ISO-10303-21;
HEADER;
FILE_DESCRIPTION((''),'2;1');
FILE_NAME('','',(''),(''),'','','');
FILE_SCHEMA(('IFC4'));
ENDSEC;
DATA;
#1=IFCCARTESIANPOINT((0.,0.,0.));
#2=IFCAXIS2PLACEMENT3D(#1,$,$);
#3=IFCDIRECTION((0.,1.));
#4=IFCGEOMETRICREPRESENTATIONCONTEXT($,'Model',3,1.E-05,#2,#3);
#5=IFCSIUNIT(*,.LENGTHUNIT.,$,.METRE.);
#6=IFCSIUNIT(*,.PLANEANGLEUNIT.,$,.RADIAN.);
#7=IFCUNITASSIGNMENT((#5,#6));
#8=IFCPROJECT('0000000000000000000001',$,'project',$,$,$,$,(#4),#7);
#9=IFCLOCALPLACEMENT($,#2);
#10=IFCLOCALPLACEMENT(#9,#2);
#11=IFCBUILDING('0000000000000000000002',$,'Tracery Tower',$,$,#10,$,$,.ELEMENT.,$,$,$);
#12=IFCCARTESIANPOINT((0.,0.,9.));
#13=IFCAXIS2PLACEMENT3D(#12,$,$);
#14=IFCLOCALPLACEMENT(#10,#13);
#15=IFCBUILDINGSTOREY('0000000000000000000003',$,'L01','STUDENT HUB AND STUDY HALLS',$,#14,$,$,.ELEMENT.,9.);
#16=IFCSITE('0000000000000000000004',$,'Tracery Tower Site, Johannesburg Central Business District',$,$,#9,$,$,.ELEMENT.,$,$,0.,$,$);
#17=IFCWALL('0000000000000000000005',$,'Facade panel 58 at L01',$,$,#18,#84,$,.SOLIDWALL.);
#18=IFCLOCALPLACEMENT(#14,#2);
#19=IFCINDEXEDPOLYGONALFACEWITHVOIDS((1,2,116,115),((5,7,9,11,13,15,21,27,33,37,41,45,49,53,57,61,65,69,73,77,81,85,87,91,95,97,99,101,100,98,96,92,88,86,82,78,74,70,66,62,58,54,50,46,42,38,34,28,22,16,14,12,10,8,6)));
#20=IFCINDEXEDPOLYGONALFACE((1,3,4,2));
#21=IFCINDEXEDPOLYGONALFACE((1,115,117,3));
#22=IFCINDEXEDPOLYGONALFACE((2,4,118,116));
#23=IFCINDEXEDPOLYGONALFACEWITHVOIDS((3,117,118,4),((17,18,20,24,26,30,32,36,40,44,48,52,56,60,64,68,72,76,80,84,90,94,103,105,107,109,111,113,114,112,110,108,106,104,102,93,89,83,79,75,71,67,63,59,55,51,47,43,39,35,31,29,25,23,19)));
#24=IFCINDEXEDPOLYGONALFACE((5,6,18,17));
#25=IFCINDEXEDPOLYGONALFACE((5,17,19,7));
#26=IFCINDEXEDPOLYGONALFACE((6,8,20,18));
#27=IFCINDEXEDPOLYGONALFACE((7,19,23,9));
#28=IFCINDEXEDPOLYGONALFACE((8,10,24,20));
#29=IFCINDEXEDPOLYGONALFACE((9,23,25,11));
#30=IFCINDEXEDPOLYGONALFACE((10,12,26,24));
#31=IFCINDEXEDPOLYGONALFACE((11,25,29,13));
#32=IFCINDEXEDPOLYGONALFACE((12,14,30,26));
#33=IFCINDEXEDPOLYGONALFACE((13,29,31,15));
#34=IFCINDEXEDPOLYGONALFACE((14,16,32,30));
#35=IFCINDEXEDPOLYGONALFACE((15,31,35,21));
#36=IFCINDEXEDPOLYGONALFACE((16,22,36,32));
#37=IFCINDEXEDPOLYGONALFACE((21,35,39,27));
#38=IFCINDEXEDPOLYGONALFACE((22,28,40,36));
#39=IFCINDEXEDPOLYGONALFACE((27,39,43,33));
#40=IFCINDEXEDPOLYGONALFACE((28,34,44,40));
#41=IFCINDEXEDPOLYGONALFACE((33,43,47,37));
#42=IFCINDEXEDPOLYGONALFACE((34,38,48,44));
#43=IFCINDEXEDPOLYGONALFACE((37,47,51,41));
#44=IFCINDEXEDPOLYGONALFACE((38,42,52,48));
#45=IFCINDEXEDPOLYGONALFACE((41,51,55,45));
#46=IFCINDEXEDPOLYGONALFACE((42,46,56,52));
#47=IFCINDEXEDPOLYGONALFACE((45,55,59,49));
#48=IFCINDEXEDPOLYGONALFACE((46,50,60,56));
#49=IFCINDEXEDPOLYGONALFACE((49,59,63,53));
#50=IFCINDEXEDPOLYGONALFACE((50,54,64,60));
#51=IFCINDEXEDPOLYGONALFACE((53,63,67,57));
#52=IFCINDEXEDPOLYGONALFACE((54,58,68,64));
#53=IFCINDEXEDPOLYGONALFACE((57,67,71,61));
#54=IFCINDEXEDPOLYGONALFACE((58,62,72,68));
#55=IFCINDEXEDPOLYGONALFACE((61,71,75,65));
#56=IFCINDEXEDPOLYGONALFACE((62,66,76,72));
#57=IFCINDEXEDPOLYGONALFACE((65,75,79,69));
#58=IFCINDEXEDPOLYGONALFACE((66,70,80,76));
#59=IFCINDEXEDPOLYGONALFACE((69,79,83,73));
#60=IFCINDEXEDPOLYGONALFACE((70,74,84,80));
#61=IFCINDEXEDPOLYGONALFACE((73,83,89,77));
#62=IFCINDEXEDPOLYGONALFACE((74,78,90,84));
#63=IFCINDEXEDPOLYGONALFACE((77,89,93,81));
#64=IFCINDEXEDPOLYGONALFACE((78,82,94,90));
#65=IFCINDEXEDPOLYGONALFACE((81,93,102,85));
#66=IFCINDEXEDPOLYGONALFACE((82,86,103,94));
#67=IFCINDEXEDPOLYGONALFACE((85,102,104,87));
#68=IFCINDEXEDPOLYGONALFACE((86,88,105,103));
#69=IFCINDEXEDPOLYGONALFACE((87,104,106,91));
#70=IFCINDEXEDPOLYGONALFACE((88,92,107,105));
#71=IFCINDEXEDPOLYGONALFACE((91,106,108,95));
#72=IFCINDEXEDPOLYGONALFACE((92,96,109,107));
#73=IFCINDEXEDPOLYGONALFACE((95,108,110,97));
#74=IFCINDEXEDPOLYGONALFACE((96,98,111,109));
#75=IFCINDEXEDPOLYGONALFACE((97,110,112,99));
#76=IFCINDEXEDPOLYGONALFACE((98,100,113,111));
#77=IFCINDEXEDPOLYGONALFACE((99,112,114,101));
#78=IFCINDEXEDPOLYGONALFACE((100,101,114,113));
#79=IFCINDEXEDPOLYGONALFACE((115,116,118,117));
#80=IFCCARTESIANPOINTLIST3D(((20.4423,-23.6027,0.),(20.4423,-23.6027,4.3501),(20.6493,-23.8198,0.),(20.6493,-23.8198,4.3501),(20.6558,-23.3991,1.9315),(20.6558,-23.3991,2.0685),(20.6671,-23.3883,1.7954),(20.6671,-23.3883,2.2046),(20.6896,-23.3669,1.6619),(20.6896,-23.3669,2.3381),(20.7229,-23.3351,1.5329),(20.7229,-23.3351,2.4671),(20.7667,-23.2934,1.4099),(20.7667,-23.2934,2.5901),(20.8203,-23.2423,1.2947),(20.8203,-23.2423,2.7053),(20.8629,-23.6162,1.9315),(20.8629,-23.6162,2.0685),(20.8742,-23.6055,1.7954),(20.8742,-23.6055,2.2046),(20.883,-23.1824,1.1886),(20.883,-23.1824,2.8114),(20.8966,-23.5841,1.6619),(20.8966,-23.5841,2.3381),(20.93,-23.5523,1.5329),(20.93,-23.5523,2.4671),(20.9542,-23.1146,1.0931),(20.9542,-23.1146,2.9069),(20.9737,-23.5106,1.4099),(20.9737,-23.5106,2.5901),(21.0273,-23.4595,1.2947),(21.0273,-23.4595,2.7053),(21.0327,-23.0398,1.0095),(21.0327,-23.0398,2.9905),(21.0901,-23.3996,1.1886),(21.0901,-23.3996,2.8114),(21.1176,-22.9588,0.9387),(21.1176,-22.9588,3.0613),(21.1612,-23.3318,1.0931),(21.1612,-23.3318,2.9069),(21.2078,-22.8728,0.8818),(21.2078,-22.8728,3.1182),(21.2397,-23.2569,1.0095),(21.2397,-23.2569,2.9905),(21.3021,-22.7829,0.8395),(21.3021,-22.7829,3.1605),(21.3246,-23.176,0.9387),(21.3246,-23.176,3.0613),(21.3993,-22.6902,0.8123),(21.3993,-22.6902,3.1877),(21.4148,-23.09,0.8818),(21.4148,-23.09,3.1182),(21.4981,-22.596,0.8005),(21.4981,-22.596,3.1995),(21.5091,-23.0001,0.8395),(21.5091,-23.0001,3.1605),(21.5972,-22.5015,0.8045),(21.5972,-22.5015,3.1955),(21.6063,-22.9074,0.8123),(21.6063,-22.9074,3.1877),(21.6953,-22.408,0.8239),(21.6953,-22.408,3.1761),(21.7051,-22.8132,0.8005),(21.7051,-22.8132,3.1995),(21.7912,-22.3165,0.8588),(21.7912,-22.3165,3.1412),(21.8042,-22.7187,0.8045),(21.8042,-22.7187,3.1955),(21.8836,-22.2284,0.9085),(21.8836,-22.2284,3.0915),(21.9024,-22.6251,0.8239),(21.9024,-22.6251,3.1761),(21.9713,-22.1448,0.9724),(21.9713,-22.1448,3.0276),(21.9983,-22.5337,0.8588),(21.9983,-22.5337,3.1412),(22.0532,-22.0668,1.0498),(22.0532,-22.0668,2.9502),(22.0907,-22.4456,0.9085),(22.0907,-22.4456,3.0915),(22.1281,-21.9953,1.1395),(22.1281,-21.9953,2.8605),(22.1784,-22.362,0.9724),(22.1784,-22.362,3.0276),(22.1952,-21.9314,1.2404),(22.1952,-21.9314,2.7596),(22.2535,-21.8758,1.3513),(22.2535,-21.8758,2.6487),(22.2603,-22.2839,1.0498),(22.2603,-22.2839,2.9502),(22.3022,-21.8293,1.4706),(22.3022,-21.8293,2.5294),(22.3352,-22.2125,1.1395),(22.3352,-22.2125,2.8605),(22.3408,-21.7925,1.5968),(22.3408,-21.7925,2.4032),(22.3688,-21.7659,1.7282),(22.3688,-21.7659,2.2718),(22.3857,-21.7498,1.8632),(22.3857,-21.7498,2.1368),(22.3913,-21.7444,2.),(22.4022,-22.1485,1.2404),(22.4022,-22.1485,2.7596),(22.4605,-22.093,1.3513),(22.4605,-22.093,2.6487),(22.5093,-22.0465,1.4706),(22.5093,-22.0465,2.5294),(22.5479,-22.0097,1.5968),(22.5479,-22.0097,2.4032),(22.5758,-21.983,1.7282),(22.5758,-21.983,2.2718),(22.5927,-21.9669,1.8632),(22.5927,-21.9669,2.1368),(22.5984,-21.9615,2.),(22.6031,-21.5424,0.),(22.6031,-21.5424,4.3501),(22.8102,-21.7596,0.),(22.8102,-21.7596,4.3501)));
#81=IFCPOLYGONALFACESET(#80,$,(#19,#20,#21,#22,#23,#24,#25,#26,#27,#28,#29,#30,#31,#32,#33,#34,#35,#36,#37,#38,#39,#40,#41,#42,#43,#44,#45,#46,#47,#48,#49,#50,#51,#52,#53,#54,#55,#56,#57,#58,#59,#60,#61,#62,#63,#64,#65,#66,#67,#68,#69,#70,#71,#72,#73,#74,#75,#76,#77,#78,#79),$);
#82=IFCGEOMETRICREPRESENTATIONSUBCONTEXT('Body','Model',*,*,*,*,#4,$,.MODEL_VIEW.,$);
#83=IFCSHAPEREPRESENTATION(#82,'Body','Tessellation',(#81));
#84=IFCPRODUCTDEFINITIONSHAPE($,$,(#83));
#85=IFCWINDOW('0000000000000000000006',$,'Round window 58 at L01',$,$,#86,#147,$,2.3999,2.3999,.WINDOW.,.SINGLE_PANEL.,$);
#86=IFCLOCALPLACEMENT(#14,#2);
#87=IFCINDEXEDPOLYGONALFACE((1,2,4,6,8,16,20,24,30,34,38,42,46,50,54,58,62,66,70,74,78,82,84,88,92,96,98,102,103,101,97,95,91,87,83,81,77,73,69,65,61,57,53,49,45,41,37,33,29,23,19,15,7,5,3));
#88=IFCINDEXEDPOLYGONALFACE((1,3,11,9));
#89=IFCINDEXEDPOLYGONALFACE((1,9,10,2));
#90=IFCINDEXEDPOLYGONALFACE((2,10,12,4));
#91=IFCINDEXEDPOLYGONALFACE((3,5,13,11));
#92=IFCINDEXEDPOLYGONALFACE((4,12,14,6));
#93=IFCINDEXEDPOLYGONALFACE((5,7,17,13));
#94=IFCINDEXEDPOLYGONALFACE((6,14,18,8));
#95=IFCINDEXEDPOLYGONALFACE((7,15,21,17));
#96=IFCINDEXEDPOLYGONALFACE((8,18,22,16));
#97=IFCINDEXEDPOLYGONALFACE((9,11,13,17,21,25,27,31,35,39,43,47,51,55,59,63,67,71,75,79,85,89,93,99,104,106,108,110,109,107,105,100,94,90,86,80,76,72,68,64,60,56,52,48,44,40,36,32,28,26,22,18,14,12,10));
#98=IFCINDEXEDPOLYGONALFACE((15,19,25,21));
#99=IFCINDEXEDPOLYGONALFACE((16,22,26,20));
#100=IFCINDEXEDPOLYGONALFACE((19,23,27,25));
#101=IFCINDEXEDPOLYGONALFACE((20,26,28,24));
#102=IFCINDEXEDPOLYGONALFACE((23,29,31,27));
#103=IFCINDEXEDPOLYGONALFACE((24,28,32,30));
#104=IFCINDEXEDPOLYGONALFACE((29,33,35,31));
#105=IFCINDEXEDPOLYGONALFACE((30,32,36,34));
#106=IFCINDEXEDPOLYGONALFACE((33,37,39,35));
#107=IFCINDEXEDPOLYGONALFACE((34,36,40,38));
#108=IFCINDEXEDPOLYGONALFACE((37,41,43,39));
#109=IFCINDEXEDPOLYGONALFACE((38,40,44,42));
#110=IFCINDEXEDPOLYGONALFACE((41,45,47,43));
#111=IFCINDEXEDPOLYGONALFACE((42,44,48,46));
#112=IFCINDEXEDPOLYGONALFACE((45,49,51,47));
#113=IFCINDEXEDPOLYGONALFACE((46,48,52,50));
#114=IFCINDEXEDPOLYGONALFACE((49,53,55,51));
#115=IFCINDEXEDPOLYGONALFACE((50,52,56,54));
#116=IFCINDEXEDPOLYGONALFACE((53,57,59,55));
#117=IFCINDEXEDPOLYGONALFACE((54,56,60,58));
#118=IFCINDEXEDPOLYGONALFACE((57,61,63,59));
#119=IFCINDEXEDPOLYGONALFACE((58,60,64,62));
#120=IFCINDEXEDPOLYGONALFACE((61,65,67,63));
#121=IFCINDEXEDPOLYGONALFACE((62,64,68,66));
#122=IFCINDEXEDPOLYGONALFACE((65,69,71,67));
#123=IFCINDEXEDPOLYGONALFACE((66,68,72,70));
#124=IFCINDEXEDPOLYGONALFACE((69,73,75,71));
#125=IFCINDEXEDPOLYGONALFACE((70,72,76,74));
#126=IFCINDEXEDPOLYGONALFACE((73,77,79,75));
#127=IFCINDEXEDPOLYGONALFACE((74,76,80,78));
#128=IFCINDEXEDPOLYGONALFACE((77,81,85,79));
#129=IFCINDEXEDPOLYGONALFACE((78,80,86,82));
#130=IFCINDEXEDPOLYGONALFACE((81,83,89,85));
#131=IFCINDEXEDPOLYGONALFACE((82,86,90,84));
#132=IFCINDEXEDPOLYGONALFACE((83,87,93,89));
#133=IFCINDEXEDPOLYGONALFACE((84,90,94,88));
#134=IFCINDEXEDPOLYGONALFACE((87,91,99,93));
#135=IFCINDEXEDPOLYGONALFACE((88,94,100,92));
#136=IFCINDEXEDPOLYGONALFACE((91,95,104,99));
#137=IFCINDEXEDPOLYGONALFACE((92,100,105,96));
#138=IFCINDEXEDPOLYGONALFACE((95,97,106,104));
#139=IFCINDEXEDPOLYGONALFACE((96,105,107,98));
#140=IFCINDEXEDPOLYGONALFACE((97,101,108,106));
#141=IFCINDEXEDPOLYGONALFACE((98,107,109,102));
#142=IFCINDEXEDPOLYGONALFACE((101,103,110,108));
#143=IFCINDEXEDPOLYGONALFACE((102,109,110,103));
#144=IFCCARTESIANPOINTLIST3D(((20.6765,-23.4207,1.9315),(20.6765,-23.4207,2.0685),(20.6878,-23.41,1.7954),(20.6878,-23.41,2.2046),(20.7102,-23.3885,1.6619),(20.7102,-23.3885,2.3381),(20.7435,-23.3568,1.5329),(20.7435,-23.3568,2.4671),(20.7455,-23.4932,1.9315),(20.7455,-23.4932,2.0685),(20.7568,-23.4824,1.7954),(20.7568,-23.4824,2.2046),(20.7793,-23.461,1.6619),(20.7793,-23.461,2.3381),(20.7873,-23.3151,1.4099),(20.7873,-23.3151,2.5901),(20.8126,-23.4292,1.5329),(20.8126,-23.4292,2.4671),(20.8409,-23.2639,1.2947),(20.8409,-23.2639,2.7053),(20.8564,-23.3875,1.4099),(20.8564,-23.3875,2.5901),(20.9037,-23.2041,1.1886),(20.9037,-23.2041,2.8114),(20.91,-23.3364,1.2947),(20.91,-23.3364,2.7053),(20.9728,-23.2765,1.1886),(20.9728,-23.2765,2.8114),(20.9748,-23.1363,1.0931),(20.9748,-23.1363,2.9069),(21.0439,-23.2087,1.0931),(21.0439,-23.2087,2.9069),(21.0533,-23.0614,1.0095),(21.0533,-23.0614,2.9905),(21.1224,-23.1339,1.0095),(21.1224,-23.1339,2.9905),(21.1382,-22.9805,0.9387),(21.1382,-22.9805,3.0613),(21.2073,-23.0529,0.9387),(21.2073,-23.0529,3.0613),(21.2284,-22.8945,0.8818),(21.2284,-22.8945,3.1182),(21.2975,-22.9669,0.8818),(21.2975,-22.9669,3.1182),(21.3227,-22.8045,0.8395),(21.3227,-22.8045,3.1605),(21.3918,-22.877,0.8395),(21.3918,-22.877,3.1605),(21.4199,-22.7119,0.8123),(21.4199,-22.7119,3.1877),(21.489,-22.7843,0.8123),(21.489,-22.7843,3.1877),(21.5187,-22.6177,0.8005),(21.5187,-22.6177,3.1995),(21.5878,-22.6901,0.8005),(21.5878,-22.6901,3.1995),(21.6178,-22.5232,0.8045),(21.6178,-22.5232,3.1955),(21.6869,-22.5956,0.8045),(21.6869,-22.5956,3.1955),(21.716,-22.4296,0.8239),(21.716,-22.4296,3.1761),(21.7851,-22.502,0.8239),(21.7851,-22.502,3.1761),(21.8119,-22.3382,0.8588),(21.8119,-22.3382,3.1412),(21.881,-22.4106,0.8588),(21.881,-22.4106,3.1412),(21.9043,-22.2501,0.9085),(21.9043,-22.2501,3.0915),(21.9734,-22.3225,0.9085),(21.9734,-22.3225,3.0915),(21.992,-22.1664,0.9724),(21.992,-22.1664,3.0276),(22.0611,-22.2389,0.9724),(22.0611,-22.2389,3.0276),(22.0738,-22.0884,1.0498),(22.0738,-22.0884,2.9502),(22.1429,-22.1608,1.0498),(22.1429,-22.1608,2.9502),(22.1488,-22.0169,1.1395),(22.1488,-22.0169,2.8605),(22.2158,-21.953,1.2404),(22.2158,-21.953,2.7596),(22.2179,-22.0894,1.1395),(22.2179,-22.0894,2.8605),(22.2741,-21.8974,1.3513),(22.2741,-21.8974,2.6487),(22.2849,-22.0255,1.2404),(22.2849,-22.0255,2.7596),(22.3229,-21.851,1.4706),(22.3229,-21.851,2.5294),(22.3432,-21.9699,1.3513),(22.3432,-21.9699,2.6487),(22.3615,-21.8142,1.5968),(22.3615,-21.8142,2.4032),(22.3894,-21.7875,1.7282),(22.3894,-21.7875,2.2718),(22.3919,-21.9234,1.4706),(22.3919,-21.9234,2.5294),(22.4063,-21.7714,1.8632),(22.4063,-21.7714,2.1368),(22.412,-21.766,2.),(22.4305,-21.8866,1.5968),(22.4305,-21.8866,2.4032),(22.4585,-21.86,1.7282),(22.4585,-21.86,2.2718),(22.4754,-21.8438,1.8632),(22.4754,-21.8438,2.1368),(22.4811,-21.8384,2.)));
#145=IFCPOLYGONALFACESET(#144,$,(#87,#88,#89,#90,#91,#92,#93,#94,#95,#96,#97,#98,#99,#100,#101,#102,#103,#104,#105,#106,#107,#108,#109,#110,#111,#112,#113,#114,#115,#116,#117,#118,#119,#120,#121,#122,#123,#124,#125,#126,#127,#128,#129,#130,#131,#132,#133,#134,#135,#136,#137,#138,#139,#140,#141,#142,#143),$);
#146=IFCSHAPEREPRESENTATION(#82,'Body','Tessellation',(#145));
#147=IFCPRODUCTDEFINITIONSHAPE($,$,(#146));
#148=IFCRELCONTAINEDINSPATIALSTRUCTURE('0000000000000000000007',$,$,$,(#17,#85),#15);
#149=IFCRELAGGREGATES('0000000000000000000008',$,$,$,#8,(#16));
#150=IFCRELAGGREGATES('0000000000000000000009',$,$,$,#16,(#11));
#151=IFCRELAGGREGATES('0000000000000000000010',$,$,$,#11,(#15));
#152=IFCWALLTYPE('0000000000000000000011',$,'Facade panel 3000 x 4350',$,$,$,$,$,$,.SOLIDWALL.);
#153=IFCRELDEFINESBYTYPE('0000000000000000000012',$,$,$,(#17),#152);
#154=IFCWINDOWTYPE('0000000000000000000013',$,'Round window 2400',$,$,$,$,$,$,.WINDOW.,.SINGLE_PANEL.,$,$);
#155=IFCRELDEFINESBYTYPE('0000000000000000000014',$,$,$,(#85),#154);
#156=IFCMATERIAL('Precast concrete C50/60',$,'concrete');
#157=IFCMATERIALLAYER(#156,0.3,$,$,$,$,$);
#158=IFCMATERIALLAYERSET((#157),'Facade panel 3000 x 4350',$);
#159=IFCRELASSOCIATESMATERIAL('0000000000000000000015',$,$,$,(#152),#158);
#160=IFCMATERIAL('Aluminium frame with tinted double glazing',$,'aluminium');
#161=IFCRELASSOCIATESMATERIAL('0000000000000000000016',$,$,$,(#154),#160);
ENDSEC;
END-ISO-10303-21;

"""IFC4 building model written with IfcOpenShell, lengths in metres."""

from ifc_helpers import new_model, si_unit, direction, frame, frame_2d, origin, origin_2d, place, context, subcontext, project, spatial, rectangle, circle, extrude, material, layer, layer_set, type_object, element, fill, save


model = new_model("IFC4")

# Units and contexts
model_context = context("Model", 3, precision=1e-05, world=origin(), true_north=direction((0.0, 1.0)))
body_context = subcontext(model_context, "Body", "Model", "MODEL_VIEW")
ifc_project = project(units=[si_unit("LENGTHUNIT", "METRE"), si_unit("PLANEANGLEUNIT", "RADIAN")], contexts=[model_context])

# Site, building, storey
site_placement = place(None, origin())
site = spatial("IfcSite", under=ifc_project, at=site_placement, Name="Tracery Tower Site, Johannesburg Central Business District", CompositionType="ELEMENT", RefElevation=0.0)
building_placement = place(site_placement, origin())
building = spatial("IfcBuilding", under=site, at=building_placement, Name="Tracery Tower", CompositionType="ELEMENT")
storey_placement = place(building_placement, frame((0.0, 0.0, 9.0)))
storey = spatial("IfcBuildingStorey", under=building, at=storey_placement, Name="L01", Description="STUDENT HUB AND STUDY HALLS", CompositionType="ELEMENT", Elevation=9.0)

# Wall, opening, window
ifc_material_1 = material(Name="Precast concrete C50/60", Category="concrete")
ifc_layer_1 = layer(ifc_material_1, 0.3)
ifc_layer_set_1 = layer_set([ifc_layer_1], Name="Facade panel 3000 x 4350")
wall_type_1 = type_object("IfcWallType", Name="Facade panel 3000 x 4350", PredefinedType="SOLIDWALL", material=ifc_layer_set_1)
ifc_material_2 = material(Name="Aluminium frame with tinted double glazing", Category="aluminium")
window_type = type_object("IfcWindowType", Name="Round window 2400", PartitioningType="SINGLE_PANEL", PredefinedType="WINDOW", material=ifc_material_2)
wall_1_placement = place(storey_placement, frame((20.5459, -23.7112, 0.0), z_axis=(0.0, 0.0, 1.0), x_axis=(0.723751, 0.690061, 0.0)))
wall_1 = element("IfcWall", 1, at=wall_1_placement, inside=storey, type_object=wall_type_1, Name="Facade panel 58 at L01", PredefinedType="SOLIDWALL", context=body_context, shape_type="SweptSolid", body=[
    extrude(rectangle(XDim=2.9856, YDim=0.3, at=frame_2d((1.4927, 0.0))), origin(), (0.0, 0.0, 1.0), 4.3501),
])
opening_1_placement = place(wall_1_placement, frame((1.4929, 0.0, 2.0)))
opening_1 = element("IfcOpeningElement", 2, at=opening_1_placement, cuts=wall_1, PredefinedType="OPENING", context=body_context, shape_type="SweptSolid", body=[
    extrude(circle(Radius=1.2, at=origin_2d()), frame((0.0, 0.1599, 0.0), z_axis=(0.0, -1.0, 0.0), x_axis=(1.0, 0.0, 0.0)), (0.0, 0.0, 1.0), 0.3201),
])
window_1_placement = place(opening_1_placement, origin())
window_1 = element("IfcWindow", 3, at=window_1_placement, inside=storey, type_object=window_type, Name="Round window 58 at L01", OverallHeight=2.3999, OverallWidth=2.3999, PartitioningType="SINGLE_PANEL", PredefinedType="WINDOW", context=body_context, shape_type="SweptSolid", body=[
    extrude(circle(Radius=1.2, at=origin_2d()), frame((0.0, 0.1201, 0.0), z_axis=(0.0, -1.0, 0.0), x_axis=(1.0, 0.0, 0.0)), (0.0, 0.0, 1.0), 0.1001),
])
fill(opening_1, window_1)

save(model, "model.ifc")
